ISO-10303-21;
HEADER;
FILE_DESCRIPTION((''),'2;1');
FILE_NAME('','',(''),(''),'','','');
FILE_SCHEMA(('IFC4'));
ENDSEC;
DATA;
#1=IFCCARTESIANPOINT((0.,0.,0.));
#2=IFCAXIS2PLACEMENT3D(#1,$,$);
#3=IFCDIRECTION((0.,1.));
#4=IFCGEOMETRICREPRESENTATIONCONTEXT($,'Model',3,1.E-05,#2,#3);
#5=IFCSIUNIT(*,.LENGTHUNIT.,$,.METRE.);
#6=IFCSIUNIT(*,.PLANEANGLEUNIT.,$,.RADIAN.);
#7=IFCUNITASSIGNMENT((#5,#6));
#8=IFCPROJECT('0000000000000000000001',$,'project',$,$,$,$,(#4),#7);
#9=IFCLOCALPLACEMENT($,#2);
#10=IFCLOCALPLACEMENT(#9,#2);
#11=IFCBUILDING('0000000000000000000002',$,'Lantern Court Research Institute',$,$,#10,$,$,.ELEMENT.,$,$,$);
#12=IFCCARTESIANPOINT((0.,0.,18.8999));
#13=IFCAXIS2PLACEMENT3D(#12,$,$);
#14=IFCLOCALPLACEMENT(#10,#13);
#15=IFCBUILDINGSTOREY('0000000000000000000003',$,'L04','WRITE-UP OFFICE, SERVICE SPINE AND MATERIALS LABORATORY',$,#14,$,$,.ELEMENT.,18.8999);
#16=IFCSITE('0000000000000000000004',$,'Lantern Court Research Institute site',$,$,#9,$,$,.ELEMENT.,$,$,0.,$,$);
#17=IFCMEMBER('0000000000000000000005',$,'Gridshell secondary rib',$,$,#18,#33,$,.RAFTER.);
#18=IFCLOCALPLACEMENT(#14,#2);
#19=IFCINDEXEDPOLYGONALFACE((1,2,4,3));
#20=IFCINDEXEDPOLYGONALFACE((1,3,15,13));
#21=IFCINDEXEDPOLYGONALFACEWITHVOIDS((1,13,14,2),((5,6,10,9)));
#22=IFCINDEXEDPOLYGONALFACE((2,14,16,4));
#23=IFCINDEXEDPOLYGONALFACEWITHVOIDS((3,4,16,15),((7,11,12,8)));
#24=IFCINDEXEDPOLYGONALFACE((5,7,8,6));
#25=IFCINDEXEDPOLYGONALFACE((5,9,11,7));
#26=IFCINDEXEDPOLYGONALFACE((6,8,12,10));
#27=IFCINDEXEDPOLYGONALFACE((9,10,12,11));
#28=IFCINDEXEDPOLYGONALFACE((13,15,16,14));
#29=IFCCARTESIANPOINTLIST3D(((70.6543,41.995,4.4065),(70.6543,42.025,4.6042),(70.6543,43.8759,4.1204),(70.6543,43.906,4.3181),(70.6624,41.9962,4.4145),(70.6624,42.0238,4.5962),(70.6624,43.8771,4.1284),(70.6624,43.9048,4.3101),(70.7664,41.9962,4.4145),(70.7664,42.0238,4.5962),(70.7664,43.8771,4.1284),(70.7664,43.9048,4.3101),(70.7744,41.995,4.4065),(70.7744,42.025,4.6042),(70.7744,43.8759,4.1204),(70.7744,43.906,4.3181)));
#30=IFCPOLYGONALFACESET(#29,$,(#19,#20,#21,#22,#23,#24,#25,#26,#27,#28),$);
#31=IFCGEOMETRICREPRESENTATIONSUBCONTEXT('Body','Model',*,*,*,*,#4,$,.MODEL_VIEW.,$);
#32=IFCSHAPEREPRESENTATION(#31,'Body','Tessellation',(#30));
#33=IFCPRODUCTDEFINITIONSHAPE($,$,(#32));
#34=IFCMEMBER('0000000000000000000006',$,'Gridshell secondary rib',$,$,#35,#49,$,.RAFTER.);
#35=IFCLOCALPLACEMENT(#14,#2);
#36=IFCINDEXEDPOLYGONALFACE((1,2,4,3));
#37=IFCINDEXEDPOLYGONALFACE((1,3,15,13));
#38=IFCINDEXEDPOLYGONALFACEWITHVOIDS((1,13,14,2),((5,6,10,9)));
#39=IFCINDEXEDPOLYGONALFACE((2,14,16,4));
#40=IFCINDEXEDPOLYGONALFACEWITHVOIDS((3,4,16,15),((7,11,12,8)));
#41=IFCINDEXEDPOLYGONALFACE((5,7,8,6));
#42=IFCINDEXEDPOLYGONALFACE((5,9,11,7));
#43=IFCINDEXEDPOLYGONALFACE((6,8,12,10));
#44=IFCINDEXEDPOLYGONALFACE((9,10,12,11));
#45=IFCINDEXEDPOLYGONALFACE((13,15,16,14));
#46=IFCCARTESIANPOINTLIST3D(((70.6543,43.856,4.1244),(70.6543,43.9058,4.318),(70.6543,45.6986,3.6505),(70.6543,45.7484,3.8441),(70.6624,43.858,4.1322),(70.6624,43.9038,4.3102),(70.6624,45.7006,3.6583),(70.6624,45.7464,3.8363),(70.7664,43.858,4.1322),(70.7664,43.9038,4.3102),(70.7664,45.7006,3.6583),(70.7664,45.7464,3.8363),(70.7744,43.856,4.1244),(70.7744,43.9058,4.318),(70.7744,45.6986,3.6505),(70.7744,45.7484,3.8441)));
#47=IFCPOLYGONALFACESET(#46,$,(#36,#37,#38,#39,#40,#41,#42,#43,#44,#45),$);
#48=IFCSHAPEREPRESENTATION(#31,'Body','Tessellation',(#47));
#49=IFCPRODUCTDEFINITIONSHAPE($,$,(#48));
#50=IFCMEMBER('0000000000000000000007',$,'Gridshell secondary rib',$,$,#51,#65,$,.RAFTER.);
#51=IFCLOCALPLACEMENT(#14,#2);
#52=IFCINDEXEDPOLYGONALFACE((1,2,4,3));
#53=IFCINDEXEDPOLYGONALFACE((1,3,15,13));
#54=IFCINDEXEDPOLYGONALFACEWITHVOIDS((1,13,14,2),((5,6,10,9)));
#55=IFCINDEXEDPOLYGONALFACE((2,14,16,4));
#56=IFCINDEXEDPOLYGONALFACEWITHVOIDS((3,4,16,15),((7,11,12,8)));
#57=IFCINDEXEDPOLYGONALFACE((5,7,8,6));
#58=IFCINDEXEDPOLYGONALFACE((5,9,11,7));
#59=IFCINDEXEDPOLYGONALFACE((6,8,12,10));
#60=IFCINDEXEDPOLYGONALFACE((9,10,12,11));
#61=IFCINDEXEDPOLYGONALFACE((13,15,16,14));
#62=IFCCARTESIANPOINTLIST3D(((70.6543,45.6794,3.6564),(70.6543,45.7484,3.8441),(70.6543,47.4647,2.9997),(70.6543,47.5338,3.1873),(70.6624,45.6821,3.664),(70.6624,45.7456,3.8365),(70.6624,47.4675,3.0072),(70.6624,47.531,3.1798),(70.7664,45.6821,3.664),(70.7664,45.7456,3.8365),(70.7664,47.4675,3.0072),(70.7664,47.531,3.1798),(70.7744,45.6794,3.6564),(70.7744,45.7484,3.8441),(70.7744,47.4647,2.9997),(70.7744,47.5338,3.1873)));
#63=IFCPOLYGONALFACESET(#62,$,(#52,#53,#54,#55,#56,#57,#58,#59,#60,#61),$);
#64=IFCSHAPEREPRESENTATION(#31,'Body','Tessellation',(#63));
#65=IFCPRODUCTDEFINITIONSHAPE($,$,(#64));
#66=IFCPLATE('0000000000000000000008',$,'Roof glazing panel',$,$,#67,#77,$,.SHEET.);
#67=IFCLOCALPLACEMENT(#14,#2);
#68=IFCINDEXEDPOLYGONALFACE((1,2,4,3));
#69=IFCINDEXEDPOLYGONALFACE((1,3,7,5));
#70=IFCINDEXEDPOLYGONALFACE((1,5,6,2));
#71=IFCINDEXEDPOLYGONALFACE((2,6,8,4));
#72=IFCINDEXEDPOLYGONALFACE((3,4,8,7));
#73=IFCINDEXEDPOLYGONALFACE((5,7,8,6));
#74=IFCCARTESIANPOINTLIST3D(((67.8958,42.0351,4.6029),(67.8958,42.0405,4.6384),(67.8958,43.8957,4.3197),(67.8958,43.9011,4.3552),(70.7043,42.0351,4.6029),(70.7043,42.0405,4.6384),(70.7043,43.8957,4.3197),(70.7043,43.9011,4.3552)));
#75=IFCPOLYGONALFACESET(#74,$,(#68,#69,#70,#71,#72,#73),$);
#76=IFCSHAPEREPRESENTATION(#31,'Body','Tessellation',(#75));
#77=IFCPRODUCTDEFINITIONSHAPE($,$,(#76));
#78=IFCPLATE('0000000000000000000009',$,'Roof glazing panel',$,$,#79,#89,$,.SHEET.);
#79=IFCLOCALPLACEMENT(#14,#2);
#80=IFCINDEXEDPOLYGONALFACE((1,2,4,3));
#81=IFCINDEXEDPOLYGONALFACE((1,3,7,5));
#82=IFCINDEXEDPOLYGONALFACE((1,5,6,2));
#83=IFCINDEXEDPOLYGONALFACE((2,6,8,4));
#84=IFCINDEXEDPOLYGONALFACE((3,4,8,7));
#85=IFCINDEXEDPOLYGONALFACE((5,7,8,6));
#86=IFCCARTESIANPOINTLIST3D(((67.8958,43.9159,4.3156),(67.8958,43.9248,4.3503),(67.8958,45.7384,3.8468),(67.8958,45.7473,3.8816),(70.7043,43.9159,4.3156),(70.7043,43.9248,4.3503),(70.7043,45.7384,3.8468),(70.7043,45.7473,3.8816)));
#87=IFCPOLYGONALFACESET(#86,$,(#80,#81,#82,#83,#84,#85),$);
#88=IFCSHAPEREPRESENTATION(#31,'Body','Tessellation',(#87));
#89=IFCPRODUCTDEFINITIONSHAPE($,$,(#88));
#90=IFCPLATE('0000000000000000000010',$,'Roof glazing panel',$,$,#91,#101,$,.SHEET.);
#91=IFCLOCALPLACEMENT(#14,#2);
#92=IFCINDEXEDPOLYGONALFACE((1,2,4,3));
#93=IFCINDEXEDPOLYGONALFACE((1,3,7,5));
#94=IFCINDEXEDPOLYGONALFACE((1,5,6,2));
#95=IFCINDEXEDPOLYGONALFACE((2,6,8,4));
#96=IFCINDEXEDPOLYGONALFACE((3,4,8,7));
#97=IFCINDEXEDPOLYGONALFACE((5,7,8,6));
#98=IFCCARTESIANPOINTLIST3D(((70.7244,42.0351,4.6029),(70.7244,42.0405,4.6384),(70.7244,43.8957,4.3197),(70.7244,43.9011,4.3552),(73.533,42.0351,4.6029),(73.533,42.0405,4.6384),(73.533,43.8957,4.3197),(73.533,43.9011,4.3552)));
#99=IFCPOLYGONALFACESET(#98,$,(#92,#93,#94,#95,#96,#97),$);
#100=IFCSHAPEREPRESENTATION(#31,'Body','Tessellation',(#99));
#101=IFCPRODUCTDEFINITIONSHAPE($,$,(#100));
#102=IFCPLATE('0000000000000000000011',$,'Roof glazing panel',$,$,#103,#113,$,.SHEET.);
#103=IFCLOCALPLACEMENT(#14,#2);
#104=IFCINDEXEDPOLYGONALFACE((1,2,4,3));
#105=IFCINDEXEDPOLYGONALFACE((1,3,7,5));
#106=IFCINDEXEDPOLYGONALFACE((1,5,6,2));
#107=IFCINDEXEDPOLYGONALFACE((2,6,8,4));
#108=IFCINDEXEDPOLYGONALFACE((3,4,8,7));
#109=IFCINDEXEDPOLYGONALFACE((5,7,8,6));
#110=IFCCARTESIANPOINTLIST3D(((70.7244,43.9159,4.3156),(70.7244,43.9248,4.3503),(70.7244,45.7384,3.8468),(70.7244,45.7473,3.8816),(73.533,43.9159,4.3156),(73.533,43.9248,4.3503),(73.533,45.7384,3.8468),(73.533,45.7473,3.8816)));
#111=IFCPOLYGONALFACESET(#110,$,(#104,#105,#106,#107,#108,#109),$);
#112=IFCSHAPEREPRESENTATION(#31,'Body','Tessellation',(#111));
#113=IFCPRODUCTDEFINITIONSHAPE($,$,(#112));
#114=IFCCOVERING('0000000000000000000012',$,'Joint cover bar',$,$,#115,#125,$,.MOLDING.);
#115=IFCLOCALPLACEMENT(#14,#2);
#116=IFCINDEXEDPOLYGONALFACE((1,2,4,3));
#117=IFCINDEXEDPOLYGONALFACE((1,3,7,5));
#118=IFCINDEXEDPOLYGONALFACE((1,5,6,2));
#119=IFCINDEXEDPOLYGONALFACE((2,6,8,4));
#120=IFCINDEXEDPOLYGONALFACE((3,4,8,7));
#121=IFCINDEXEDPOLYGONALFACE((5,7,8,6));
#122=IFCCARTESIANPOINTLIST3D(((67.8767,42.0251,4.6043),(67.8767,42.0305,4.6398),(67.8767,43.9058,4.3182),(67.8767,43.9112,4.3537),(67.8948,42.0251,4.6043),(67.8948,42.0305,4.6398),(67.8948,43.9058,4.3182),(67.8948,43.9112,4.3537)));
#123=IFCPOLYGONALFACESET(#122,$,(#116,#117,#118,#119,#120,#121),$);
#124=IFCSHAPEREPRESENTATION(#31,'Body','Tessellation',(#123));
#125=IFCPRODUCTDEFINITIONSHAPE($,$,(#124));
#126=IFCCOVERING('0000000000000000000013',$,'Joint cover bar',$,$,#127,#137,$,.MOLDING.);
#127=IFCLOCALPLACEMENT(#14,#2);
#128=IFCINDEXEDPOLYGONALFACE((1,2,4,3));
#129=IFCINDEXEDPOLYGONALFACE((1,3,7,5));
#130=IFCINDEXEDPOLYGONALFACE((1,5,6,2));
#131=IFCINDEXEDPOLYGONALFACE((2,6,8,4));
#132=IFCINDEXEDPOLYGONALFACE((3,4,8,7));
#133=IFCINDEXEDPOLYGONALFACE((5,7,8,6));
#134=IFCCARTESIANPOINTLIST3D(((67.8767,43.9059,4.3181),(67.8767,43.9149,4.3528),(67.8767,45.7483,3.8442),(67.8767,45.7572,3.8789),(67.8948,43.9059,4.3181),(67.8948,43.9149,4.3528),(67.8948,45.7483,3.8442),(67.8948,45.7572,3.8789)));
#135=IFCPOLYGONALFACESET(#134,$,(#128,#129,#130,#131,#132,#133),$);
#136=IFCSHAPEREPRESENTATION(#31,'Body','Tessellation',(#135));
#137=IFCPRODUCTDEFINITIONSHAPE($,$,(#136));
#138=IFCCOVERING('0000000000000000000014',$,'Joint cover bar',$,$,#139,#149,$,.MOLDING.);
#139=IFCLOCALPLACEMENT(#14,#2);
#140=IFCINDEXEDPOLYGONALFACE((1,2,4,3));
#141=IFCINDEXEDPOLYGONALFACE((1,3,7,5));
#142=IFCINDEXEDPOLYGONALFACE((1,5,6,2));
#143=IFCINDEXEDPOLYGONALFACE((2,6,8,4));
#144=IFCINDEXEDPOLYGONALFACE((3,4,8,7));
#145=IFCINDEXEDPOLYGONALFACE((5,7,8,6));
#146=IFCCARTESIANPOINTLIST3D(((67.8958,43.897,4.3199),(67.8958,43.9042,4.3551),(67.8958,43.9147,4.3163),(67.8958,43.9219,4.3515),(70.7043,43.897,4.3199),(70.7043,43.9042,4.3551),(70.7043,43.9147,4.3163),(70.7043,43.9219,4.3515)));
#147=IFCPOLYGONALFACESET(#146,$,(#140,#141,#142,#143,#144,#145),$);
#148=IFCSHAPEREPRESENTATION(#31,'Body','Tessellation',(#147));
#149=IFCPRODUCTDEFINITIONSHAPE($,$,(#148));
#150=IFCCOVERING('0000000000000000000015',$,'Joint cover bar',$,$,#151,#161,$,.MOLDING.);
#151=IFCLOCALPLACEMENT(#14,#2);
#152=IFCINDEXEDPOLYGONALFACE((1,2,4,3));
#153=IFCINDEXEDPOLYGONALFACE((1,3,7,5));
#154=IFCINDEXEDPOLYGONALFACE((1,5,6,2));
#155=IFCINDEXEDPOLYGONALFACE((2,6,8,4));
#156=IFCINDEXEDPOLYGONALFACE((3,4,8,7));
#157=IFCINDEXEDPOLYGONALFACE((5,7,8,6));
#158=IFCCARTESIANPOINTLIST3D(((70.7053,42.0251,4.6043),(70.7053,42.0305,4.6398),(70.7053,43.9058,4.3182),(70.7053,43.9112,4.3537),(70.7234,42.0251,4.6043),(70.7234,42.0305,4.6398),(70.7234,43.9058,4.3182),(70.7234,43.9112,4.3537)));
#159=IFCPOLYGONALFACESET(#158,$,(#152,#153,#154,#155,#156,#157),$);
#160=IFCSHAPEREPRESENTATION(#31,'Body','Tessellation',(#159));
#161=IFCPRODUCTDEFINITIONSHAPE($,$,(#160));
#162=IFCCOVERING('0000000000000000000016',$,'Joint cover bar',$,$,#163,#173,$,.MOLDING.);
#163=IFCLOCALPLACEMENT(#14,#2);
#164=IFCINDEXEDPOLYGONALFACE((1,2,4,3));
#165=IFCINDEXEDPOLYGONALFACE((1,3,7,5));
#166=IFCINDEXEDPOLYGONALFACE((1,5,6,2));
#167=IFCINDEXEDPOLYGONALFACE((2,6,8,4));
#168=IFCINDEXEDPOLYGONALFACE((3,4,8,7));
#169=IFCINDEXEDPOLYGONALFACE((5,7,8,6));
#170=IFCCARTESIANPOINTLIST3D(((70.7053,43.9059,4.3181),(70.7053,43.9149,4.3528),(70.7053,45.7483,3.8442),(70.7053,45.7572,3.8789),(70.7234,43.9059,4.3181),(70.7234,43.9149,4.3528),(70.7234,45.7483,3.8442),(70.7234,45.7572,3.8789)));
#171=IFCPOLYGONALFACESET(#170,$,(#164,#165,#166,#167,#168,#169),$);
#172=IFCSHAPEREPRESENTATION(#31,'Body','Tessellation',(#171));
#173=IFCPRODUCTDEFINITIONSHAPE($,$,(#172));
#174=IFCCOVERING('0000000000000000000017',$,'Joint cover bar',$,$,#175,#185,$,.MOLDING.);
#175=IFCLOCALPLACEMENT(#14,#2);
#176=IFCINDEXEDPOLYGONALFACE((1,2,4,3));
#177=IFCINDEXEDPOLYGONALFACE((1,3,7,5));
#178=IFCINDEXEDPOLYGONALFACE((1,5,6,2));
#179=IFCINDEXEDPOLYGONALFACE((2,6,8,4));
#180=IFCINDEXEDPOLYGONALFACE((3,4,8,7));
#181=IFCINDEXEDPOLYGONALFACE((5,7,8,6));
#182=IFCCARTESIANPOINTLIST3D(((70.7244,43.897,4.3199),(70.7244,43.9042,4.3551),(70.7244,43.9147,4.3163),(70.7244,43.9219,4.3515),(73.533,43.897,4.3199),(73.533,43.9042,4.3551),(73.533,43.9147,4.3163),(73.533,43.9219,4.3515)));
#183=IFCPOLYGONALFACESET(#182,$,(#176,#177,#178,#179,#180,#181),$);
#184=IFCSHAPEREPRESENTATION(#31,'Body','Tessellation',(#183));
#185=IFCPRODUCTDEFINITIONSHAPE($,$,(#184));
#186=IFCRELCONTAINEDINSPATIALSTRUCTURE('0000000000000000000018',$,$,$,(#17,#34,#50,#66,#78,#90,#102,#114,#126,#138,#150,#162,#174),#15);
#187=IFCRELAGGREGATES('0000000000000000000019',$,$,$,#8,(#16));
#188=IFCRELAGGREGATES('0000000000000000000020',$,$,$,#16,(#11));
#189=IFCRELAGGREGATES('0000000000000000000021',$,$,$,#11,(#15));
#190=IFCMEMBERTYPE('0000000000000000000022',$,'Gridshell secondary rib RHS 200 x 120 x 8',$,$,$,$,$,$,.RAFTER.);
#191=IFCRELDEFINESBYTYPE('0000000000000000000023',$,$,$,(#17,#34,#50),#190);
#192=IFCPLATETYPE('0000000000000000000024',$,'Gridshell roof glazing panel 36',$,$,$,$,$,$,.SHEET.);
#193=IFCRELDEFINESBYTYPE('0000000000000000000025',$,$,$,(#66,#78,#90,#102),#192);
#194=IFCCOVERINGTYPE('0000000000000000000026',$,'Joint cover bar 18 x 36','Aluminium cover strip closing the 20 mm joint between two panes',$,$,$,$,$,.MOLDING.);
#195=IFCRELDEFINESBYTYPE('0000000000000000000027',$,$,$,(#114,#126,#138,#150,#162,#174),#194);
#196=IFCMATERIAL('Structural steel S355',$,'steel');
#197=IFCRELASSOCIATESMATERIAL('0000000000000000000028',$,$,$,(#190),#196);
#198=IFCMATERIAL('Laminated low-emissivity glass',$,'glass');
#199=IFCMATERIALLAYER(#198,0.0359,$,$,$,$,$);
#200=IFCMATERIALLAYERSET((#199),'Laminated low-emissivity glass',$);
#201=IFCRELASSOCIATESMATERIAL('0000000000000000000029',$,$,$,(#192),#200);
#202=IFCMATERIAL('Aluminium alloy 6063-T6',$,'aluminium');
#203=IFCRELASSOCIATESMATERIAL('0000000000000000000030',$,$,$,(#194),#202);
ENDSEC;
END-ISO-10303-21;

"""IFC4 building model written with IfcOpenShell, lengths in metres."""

from ifc_helpers import new_model, si_unit, direction, frame, origin, origin_2d, place, context, subcontext, project, spatial, polyline, rectangle, hollow_rectangle, outline, extrude, material, layer, layer_set, material_profile, profile_set, type_object, element, save


model = new_model("IFC4")

# Units and contexts
model_context = context("Model", 3, precision=1e-05, world=origin(), true_north=direction((0.0, 1.0)))
body_context = subcontext(model_context, "Body", "Model", "MODEL_VIEW")
ifc_project = project(units=[si_unit("LENGTHUNIT", "METRE"), si_unit("PLANEANGLEUNIT", "RADIAN")], contexts=[model_context])

# Site, building, storey
site_placement = place(None, origin())
site = spatial("IfcSite", under=ifc_project, at=site_placement, Name="Lantern Court Research Institute site", CompositionType="ELEMENT", RefElevation=0.0)
building_placement = place(site_placement, origin())
building = spatial("IfcBuilding", under=site, at=building_placement, Name="Lantern Court Research Institute", CompositionType="ELEMENT")
storey_placement = place(building_placement, frame((0.0, 0.0, 18.8999)))
storey = spatial("IfcBuildingStorey", under=building, at=storey_placement, Name="L04", Description="WRITE-UP OFFICE, SERVICE SPINE AND MATERIALS LABORATORY", CompositionType="ELEMENT", Elevation=18.8999)

# Members
ifc_material_1 = material(Name="Structural steel S355", Category="steel")
ifc_material_profile_1 = material_profile(ifc_material_1, hollow_rectangle(XDim=0.1201, YDim=0.2, WallThickness=0.0081, at=origin_2d()), Name="Gridshell secondary rib RHS 200 x 120 x 8")
ifc_profile_set_1 = profile_set([ifc_material_profile_1], Name="Structural steel S355")
member_type_1 = type_object("IfcMemberType", Name="Gridshell secondary rib RHS 200 x 120 x 8", PredefinedType="RAFTER", material=ifc_profile_set_1)
for number, where, z_axis, x_axis, name in (
    (1, (70.7144, 42.01, 4.5054), (0.0, 0.988625, -0.150398), (-1.0, 0.0, 0.0), "Gridshell secondary rib"),
    (2, (70.7144, 43.8809, 4.2212), (0.0, 0.968482, -0.249082), (-1.0, 0.0, 0.0), "Gridshell secondary rib"),
):
    element("IfcMember", number, at=place(storey_placement, frame(where, z_axis=z_axis, x_axis=x_axis)), inside=storey, type_object=member_type_1, Name=name, PredefinedType="RAFTER", context=body_context, shape_type="SweptSolid", body=[
        extrude(hollow_rectangle(XDim=0.1201, YDim=0.2, WallThickness=0.0081, at=origin_2d()), origin(), (0.0, 0.0, 1.0), 1.9026),
    ])
member_1_placement = place(storey_placement, frame((70.7144, 45.7139, 3.7502), z_axis=(0.0, 0.93852, -0.345224), x_axis=(-1.0, 0.0, 0.0)))
element("IfcMember", 3, at=member_1_placement, inside=storey, type_object=member_type_1, Name="Gridshell secondary rib", PredefinedType="RAFTER", context=body_context, shape_type="SweptSolid", body=[
    extrude(hollow_rectangle(XDim=0.1201, YDim=0.2, WallThickness=0.0081, at=origin_2d()), origin(), (0.0, 0.0, 1.0), 1.9023),
])

# Plates
ifc_material_2 = material(Name="Laminated low-emissivity glass", Category="glass")
ifc_layer = layer(ifc_material_2, 0.0359)
ifc_layer_set = layer_set([ifc_layer], Name="Laminated low-emissivity glass")
plate_type = type_object("IfcPlateType", Name="Gridshell roof glazing panel 36", PredefinedType="SHEET", material=ifc_layer_set)
plate_1_placement = place(storey_placement, frame((70.7043, 42.0405, 4.6384), z_axis=(0.0, 0.150478, 0.988613), x_axis=(-1.0, 0.0, 0.0)))
element("IfcPlate", 4, at=plate_1_placement, inside=storey, type_object=plate_type, Name="Roof glazing panel", PredefinedType="SHEET", context=body_context, shape_type="SweptSolid", body=[
    extrude(outline(polyline([(0.0, 0.0), (2.8086, 0.0), (2.8086, -1.882), (0.0, -1.882), (0.0, 0.0)])), origin(), (0.0, 0.0, -1.0), 0.0359),
])
plate_2_placement = place(storey_placement, frame((70.7043, 43.9248, 4.3503), z_axis=(0.0, 0.249093, 0.96848), x_axis=(-1.0, 0.0, 0.0)))
element("IfcPlate", 5, at=plate_2_placement, inside=storey, type_object=plate_type, Name="Roof glazing panel", PredefinedType="SHEET", context=body_context, shape_type="SweptSolid", body=[
    extrude(outline(polyline([(0.0, 0.0), (2.8086, 0.0), (2.8086, -1.8818), (0.0, -1.8818), (0.0, 0.0)])), origin(), (0.0, 0.0, -1.0), 0.0359),
])
plate_3_placement = place(storey_placement, frame((73.533, 42.0405, 4.6384), z_axis=(0.0, 0.150478, 0.988613), x_axis=(-1.0, 0.0, 0.0)))
element("IfcPlate", 6, at=plate_3_placement, inside=storey, type_object=plate_type, Name="Roof glazing panel", PredefinedType="SHEET", context=body_context, shape_type="SweptSolid", body=[
    extrude(outline(polyline([(0.0, 0.0), (2.8086, 0.0), (2.8086, -1.882), (0.0, -1.882), (0.0, 0.0)])), origin(), (0.0, 0.0, -1.0), 0.0359),
])
plate_4_placement = place(storey_placement, frame((73.533, 43.9248, 4.3503), z_axis=(0.0, 0.249093, 0.96848), x_axis=(-1.0, 0.0, 0.0)))
element("IfcPlate", 7, at=plate_4_placement, inside=storey, type_object=plate_type, Name="Roof glazing panel", PredefinedType="SHEET", context=body_context, shape_type="SweptSolid", body=[
    extrude(outline(polyline([(0.0, 0.0), (2.8086, 0.0), (2.8086, -1.8818), (0.0, -1.8818), (0.0, 0.0)])), origin(), (0.0, 0.0, -1.0), 0.0359),
])

# Coverings
ifc_material_3 = material(Name="Aluminium alloy 6063-T6", Category="aluminium")
ifc_material_profile_2 = material_profile(ifc_material_3, rectangle(XDim=0.0181, YDim=0.0359, at=origin_2d()), Name="Joint cover bar 18 x 36")
ifc_profile_set_2 = profile_set([ifc_material_profile_2], Name="Aluminium alloy 6063-T6")
covering_type = type_object("IfcCoveringType", Name="Joint cover bar 18 x 36", Description="Aluminium cover strip closing the 20 mm joint between two panes", PredefinedType="MOLDING", material=ifc_profile_set_2)
for number, where, z_axis, x_axis, name in (
    (8, (67.8857, 42.0278, 4.6221), (0.0, 0.988623, -0.150417), (-1.0, 0.0, 0.0), "Joint cover bar"),
    (9, (67.8857, 43.9104, 4.3354), (0.0, 0.968474, -0.249113), (-1.0, 0.0, 0.0), "Joint cover bar"),
):
    element("IfcCovering", number, at=place(storey_placement, frame(where, z_axis=z_axis, x_axis=x_axis)), inside=storey, type_object=covering_type, Name=name, PredefinedType="MOLDING", context=body_context, shape_type="SweptSolid", body=[
        extrude(rectangle(XDim=0.0181, YDim=0.0359, at=origin_2d()), origin(), (0.0, 0.0, 1.0), 1.9023),
    ])
covering_1_placement = place(storey_placement, frame((67.8958, 43.9094, 4.3357), z_axis=(1.0, 0.0, 0.0), x_axis=(0.0, 0.979787, -0.200043)))
element("IfcCovering", 10, at=covering_1_placement, inside=storey, type_object=covering_type, Name="Joint cover bar", PredefinedType="MOLDING", context=body_context, shape_type="SweptSolid", body=[
    extrude(rectangle(XDim=0.0181, YDim=0.0359, at=origin_2d()), origin(), (0.0, 0.0, 1.0), 2.8086),
])
for number, where, z_axis, x_axis, name in (
    (11, (70.7144, 42.0278, 4.6221), (0.0, 0.988623, -0.150417), (-1.0, 0.0, 0.0), "Joint cover bar"),
    (12, (70.7144, 43.9104, 4.3354), (0.0, 0.968474, -0.249113), (-1.0, 0.0, 0.0), "Joint cover bar"),
):
    element("IfcCovering", number, at=place(storey_placement, frame(where, z_axis=z_axis, x_axis=x_axis)), inside=storey, type_object=covering_type, Name=name, PredefinedType="MOLDING", context=body_context, shape_type="SweptSolid", body=[
        extrude(rectangle(XDim=0.0181, YDim=0.0359, at=origin_2d()), origin(), (0.0, 0.0, 1.0), 1.9023),
    ])
covering_2_placement = place(storey_placement, frame((70.7244, 43.9094, 4.3357), z_axis=(1.0, 0.0, 0.0), x_axis=(0.0, 0.979787, -0.200043)))
element("IfcCovering", 13, at=covering_2_placement, inside=storey, type_object=covering_type, Name="Joint cover bar", PredefinedType="MOLDING", context=body_context, shape_type="SweptSolid", body=[
    extrude(rectangle(XDim=0.0181, YDim=0.0359, at=origin_2d()), origin(), (0.0, 0.0, 1.0), 2.8086),
])

save(model, "model.ifc")
